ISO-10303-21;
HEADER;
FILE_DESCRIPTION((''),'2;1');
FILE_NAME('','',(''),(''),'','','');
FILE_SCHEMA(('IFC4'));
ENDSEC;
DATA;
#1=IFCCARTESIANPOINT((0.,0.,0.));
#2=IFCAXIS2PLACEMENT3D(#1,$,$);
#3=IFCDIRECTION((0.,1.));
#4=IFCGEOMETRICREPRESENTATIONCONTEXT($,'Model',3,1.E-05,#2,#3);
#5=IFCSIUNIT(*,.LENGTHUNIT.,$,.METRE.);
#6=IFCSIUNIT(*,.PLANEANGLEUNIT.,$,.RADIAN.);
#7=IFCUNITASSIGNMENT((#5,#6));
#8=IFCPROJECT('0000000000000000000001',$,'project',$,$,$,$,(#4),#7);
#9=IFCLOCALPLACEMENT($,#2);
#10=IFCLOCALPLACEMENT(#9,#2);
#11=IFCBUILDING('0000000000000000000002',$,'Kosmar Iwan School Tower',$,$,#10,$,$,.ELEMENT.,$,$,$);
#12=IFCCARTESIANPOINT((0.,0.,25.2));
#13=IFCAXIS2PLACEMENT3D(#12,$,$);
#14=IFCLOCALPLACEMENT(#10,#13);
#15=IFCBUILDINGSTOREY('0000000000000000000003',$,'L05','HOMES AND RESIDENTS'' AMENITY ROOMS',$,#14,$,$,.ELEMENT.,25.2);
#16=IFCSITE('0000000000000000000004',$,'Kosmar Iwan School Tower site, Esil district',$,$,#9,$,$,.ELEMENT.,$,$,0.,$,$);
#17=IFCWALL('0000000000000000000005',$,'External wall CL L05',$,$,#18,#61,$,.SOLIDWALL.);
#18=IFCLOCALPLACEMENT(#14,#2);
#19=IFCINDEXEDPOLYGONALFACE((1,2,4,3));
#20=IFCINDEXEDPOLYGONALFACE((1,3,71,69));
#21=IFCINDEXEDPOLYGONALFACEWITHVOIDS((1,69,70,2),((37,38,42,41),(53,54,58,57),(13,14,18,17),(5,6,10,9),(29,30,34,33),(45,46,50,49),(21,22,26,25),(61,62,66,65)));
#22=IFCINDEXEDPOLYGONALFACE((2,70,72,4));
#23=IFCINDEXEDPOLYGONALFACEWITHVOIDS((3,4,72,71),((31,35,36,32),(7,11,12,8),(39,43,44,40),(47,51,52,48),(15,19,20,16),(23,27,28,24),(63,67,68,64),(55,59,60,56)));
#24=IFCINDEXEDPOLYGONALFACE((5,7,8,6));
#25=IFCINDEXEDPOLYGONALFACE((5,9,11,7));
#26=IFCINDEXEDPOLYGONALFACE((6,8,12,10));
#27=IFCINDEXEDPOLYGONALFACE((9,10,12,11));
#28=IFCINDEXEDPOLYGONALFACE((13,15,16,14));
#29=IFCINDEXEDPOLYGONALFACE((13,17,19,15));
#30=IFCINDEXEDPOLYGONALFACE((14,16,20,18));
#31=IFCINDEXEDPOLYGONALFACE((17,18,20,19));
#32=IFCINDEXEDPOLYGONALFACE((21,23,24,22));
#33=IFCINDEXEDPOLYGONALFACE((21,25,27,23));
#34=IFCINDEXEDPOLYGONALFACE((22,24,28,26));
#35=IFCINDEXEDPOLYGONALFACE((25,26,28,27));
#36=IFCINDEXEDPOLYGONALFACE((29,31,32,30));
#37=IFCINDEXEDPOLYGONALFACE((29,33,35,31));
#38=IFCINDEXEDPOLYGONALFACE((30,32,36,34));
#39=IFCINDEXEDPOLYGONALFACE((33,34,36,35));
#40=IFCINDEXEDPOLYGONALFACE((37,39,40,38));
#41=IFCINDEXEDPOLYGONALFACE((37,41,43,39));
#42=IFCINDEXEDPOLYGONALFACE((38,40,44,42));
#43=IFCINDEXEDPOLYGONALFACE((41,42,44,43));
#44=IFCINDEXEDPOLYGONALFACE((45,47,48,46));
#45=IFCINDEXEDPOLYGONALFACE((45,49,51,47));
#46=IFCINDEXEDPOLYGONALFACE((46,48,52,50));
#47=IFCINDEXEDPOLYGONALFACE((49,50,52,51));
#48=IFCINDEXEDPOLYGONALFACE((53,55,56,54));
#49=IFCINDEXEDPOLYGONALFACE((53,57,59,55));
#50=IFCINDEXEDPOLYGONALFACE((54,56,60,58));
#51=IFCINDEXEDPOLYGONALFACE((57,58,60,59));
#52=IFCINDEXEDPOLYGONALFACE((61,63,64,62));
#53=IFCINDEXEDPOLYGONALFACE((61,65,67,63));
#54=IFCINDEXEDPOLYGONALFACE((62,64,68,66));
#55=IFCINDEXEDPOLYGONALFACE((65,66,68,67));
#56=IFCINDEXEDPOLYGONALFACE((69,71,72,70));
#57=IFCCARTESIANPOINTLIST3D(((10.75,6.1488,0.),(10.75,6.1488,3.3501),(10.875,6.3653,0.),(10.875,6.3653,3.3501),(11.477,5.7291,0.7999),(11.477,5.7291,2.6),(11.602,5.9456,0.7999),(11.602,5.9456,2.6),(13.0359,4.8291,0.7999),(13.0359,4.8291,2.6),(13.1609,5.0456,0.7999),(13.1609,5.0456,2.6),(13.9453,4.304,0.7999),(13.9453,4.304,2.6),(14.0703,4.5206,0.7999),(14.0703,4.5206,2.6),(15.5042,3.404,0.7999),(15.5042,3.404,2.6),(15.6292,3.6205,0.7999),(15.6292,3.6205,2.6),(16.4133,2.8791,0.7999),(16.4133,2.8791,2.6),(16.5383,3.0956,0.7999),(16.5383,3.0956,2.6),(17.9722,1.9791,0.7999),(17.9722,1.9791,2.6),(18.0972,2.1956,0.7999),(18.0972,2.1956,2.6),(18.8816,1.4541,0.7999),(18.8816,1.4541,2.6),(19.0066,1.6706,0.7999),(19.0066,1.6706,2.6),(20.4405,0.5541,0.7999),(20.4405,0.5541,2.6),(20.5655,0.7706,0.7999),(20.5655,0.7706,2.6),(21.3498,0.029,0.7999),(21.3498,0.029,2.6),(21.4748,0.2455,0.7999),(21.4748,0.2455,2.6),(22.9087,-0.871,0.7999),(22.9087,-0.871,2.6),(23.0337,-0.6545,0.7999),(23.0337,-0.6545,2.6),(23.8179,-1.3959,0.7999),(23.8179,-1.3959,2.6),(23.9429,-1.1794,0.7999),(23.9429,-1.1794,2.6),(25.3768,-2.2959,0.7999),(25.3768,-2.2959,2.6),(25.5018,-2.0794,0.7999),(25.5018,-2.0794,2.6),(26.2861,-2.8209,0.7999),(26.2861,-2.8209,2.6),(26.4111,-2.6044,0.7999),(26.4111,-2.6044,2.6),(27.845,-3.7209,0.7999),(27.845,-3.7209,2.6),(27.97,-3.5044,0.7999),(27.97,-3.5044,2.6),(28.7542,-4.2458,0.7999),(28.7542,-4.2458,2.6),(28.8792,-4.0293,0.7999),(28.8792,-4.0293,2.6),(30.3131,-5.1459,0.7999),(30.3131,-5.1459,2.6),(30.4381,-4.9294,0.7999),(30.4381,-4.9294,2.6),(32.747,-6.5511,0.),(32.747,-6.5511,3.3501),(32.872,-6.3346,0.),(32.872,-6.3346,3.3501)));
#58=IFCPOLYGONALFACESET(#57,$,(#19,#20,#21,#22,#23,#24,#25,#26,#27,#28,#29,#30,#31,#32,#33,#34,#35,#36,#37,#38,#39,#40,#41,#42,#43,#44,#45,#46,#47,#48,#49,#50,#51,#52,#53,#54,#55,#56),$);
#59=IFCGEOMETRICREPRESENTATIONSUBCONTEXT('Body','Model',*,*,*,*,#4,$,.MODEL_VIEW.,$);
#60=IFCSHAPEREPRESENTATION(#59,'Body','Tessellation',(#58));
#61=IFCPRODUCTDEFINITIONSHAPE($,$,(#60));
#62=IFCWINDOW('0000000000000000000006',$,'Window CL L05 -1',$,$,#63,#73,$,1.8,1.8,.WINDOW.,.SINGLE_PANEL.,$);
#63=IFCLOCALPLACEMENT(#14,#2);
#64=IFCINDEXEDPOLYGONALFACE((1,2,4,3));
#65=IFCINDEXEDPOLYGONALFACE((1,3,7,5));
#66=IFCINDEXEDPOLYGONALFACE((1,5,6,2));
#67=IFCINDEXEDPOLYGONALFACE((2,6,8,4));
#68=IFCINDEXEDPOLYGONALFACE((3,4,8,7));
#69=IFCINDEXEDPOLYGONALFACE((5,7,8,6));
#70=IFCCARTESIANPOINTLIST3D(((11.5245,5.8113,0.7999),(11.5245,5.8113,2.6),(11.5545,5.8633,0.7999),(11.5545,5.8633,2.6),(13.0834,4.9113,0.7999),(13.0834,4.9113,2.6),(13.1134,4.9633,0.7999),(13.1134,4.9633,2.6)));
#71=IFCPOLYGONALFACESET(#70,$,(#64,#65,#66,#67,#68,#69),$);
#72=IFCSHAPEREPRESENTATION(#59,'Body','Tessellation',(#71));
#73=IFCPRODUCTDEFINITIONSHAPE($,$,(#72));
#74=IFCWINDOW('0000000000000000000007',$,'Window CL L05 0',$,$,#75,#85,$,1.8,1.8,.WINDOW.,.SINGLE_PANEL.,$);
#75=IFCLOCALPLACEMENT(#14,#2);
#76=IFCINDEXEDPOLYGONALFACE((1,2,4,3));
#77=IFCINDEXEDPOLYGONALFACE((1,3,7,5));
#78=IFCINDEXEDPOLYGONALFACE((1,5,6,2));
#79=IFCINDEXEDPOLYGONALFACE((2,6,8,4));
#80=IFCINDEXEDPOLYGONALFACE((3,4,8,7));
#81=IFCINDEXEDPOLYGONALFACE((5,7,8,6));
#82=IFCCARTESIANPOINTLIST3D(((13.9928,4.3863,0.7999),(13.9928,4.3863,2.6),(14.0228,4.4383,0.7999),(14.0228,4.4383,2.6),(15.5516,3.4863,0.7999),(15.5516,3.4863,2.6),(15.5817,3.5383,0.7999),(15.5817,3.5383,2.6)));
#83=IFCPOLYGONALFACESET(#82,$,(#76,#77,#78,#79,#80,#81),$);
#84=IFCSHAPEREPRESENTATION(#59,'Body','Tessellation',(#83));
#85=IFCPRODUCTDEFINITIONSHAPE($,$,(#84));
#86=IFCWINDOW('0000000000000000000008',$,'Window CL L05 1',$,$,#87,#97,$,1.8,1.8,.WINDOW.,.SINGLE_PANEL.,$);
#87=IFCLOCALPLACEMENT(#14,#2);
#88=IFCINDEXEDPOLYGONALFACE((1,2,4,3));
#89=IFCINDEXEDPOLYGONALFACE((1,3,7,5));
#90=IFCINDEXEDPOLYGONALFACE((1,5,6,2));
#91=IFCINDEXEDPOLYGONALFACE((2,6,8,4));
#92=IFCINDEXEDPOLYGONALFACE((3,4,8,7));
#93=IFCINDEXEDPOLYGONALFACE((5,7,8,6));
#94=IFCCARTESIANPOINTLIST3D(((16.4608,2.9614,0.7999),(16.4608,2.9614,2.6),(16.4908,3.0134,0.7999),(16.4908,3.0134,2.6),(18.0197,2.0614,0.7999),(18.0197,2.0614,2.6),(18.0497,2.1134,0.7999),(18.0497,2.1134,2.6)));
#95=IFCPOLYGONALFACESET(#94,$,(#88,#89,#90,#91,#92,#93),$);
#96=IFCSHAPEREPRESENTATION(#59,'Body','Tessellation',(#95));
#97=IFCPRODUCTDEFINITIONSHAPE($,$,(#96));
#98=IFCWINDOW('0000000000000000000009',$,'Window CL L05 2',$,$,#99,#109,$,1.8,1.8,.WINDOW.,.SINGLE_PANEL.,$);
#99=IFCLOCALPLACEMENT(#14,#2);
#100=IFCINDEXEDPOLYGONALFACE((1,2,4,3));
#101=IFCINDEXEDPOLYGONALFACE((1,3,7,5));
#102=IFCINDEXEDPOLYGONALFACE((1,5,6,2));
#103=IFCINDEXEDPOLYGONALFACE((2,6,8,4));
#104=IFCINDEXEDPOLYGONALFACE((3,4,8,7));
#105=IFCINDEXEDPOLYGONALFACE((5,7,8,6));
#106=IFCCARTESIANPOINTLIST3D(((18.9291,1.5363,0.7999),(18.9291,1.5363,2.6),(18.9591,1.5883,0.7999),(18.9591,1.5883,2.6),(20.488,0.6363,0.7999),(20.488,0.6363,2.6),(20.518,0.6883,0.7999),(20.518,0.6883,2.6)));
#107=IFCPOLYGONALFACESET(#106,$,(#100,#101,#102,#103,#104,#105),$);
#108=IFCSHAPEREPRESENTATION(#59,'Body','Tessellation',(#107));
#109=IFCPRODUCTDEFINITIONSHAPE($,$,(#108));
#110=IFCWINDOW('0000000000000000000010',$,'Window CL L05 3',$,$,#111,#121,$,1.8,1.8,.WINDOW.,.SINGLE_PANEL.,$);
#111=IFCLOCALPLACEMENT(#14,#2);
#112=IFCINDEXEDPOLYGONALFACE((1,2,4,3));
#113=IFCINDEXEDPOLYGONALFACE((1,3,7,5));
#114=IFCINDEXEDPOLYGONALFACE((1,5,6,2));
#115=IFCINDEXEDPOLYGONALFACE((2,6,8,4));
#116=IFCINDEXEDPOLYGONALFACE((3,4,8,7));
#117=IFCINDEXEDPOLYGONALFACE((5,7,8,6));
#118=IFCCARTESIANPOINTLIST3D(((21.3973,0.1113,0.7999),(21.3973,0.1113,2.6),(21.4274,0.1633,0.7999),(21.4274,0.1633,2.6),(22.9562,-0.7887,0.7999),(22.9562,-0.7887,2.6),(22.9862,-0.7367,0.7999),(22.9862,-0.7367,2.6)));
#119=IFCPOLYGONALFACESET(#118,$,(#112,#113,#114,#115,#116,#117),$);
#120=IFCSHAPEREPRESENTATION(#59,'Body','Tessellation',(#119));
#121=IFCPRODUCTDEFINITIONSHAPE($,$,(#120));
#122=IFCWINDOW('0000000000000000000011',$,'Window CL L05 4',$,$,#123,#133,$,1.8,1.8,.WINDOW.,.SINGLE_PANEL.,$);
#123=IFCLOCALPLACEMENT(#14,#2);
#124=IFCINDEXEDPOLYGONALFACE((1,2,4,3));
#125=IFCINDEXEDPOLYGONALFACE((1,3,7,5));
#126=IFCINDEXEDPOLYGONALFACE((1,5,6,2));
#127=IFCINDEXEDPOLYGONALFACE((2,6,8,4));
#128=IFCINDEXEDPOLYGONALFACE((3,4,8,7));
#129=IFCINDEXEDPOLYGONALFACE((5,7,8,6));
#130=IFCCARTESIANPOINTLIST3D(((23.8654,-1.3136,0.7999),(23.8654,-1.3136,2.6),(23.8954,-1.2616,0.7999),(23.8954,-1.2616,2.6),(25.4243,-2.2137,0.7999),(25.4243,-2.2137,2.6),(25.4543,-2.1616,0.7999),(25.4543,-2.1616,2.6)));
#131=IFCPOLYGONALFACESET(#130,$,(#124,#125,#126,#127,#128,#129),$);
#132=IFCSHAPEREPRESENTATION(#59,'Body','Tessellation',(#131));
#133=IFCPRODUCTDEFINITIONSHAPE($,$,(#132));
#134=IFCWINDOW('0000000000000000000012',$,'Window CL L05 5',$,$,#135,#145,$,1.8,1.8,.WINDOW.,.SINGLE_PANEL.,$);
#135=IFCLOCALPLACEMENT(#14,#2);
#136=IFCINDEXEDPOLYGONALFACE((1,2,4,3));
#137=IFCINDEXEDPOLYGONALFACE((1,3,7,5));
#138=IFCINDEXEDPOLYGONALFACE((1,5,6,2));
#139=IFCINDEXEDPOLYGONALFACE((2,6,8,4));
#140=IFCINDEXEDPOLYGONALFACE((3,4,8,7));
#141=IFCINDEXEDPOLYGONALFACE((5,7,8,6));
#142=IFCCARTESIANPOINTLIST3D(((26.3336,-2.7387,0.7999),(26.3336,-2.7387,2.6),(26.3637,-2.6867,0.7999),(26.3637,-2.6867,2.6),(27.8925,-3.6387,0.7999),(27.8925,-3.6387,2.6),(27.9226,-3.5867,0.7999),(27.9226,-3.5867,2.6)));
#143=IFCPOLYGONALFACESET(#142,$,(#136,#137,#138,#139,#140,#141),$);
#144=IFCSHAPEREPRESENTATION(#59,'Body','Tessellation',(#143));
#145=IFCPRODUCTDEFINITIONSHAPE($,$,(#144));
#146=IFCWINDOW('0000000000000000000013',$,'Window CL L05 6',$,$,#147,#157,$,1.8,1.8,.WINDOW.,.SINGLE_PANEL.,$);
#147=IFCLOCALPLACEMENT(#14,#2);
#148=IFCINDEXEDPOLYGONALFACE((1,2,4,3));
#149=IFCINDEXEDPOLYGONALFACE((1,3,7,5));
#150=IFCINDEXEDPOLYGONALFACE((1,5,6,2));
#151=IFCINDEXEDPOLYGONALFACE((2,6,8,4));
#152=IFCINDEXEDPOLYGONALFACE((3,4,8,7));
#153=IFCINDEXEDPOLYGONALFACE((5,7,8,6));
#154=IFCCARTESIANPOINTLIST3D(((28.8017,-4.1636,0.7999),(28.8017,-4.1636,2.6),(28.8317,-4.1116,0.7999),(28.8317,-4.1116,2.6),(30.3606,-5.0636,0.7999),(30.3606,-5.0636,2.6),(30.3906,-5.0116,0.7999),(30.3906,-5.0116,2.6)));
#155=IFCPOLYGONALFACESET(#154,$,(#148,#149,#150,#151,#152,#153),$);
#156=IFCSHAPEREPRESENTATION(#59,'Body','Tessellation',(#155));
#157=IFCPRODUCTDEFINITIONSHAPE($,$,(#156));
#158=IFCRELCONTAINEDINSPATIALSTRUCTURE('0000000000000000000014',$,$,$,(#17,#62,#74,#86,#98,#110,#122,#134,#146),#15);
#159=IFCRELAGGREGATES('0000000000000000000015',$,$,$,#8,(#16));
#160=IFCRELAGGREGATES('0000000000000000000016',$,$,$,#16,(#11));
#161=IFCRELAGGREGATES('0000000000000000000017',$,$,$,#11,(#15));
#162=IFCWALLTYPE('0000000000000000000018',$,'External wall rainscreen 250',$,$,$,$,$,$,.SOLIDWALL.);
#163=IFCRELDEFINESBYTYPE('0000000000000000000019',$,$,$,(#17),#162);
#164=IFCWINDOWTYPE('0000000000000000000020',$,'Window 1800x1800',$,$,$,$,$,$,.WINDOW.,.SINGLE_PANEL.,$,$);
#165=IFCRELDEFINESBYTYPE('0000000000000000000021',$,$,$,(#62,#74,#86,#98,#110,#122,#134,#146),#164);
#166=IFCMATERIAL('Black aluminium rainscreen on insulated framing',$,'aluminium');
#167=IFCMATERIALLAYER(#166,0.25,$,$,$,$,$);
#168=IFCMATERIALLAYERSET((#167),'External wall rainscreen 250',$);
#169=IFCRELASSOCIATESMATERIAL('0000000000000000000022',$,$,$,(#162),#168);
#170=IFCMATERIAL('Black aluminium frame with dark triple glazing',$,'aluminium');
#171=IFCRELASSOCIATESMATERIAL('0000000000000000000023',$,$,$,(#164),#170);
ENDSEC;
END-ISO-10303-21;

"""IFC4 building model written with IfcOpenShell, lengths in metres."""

from ifc_helpers import new_model, si_unit, direction, frame, frame_2d, origin, place, context, subcontext, project, spatial, rectangle, extrude, material, layer, layer_set, type_object, element, fill, save


model = new_model("IFC4")

# Units and contexts
model_context = context("Model", 3, precision=1e-05, world=origin(), true_north=direction((0.0, 1.0)))
body_context = subcontext(model_context, "Body", "Model", "MODEL_VIEW")
ifc_project = project(units=[si_unit("LENGTHUNIT", "METRE"), si_unit("PLANEANGLEUNIT", "RADIAN")], contexts=[model_context])

# Site, building, storey
site_placement = place(None, origin())
site = spatial("IfcSite", under=ifc_project, at=site_placement, Name="Kosmar Iwan School Tower site, Esil district", CompositionType="ELEMENT", RefElevation=0.0)
building_placement = place(site_placement, origin())
building = spatial("IfcBuilding", under=site, at=building_placement, Name="Kosmar Iwan School Tower", CompositionType="ELEMENT")
storey_placement = place(building_placement, frame((0.0, 0.0, 25.2)))
storey = spatial("IfcBuildingStorey", under=building, at=storey_placement, Name="L05", Description="HOMES AND RESIDENTS' AMENITY ROOMS", CompositionType="ELEMENT", Elevation=25.2)

# Wall, openings, windows
ifc_material_1 = material(Name="Black aluminium rainscreen on insulated framing", Category="aluminium")
ifc_layer = layer(ifc_material_1, 0.25)
ifc_layer_set = layer_set([ifc_layer], Name="External wall rainscreen 250")
wall_type = type_object("IfcWallType", Name="External wall rainscreen 250", PredefinedType="SOLIDWALL", material=ifc_layer_set)
wall_1_placement = place(storey_placement, frame((10.8125, 6.2571, 0.0), z_axis=(0.0, 0.0, 1.0), x_axis=(0.866026, -0.499998, 0.0)))
wall_1 = element("IfcWall", 1, at=wall_1_placement, inside=storey, type_object=wall_type, Name="External wall CL L05", PredefinedType="SOLIDWALL", context=body_context, shape_type="SweptSolid", body=[
    extrude(rectangle(XDim=25.3999, YDim=0.25, at=frame_2d((12.7, 0.0))), origin(), (0.0, 0.0, 1.0), 3.3501),
])
opening_1_placement = place(wall_1_placement, frame((0.8396, 0.0, 0.8)))
opening_1 = element("IfcOpeningElement", 2, at=opening_1_placement, cuts=wall_1, PredefinedType="OPENING", context=body_context, shape_type="SweptSolid", body=[
    extrude(rectangle(XDim=1.8, YDim=1.8, at=frame_2d((0.8999, 0.8999))), frame((0.0, 0.137, 0.0), z_axis=(0.0, -1.0, 0.0), x_axis=(1.0, 0.0, 0.0)), (0.0, 0.0, 1.0), 0.2739),
])
opening_2_placement = place(wall_1_placement, frame((3.6897, 0.0, 0.8)))
opening_2 = element("IfcOpeningElement", 3, at=opening_2_placement, cuts=wall_1, PredefinedType="OPENING", context=body_context, shape_type="SweptSolid", body=[
    extrude(rectangle(XDim=1.8, YDim=1.8, at=frame_2d((0.8999, 0.8999))), frame((0.0, 0.137, 0.0), z_axis=(0.0, -1.0, 0.0), x_axis=(1.0, 0.0, 0.0)), (0.0, 0.0, 1.0), 0.2739),
])
opening_3_placement = place(wall_1_placement, frame((6.5396, 0.0, 0.8)))
opening_3 = element("IfcOpeningElement", 4, at=opening_3_placement, cuts=wall_1, PredefinedType="OPENING", context=body_context, shape_type="SweptSolid", body=[
    extrude(rectangle(XDim=1.8, YDim=1.8, at=frame_2d((0.8999, 0.8999))), frame((0.0, 0.137, 0.0), z_axis=(0.0, -1.0, 0.0), x_axis=(1.0, 0.0, 0.0)), (0.0, 0.0, 1.0), 0.2739),
])
opening_4_placement = place(wall_1_placement, frame((9.3896, 0.0, 0.8)))
opening_4 = element("IfcOpeningElement", 5, at=opening_4_placement, cuts=wall_1, PredefinedType="OPENING", context=body_context, shape_type="SweptSolid", body=[
    extrude(rectangle(XDim=1.8, YDim=1.8, at=frame_2d((0.8999, 0.8999))), frame((0.0, 0.137, 0.0), z_axis=(0.0, -1.0, 0.0), x_axis=(1.0, 0.0, 0.0)), (0.0, 0.0, 1.0), 0.2739),
])
opening_5_placement = place(wall_1_placement, frame((12.2397, 0.0, 0.8)))
opening_5 = element("IfcOpeningElement", 6, at=opening_5_placement, cuts=wall_1, PredefinedType="OPENING", context=body_context, shape_type="SweptSolid", body=[
    extrude(rectangle(XDim=1.8, YDim=1.8, at=frame_2d((0.8999, 0.8999))), frame((0.0, 0.137, 0.0), z_axis=(0.0, -1.0, 0.0), x_axis=(1.0, 0.0, 0.0)), (0.0, 0.0, 1.0), 0.2739),
])
opening_6_placement = place(wall_1_placement, frame((15.0896, 0.0, 0.8)))
opening_6 = element("IfcOpeningElement", 7, at=opening_6_placement, cuts=wall_1, PredefinedType="OPENING", context=body_context, shape_type="SweptSolid", body=[
    extrude(rectangle(XDim=1.8, YDim=1.8, at=frame_2d((0.8999, 0.8999))), frame((0.0, 0.137, 0.0), z_axis=(0.0, -1.0, 0.0), x_axis=(1.0, 0.0, 0.0)), (0.0, 0.0, 1.0), 0.2739),
])
opening_7_placement = place(wall_1_placement, frame((17.9397, 0.0, 0.8)))
opening_7 = element("IfcOpeningElement", 8, at=opening_7_placement, cuts=wall_1, PredefinedType="OPENING", context=body_context, shape_type="SweptSolid", body=[
    extrude(rectangle(XDim=1.8, YDim=1.8, at=frame_2d((0.8999, 0.8999))), frame((0.0, 0.137, 0.0), z_axis=(0.0, -1.0, 0.0), x_axis=(1.0, 0.0, 0.0)), (0.0, 0.0, 1.0), 0.2739),
])
opening_8_placement = place(wall_1_placement, frame((20.7896, 0.0, 0.8)))
opening_8 = element("IfcOpeningElement", 9, at=opening_8_placement, cuts=wall_1, PredefinedType="OPENING", context=body_context, shape_type="SweptSolid", body=[
    extrude(rectangle(XDim=1.8, YDim=1.8, at=frame_2d((0.8999, 0.8999))), frame((0.0, 0.137, 0.0), z_axis=(0.0, -1.0, 0.0), x_axis=(1.0, 0.0, 0.0)), (0.0, 0.0, 1.0), 0.2739),
])
ifc_material_2 = material(Name="Black aluminium frame with dark triple glazing", Category="aluminium")
window_type = type_object("IfcWindowType", Name="Window 1800x1800", PartitioningType="SINGLE_PANEL", PredefinedType="WINDOW", material=ifc_material_2)
window_1_placement = place(opening_1_placement, origin())
window_1 = element("IfcWindow", 10, at=window_1_placement, inside=storey, type_object=window_type, Name="Window CL L05 -1", OverallHeight=1.8, OverallWidth=1.8, PartitioningType="SINGLE_PANEL", PredefinedType="WINDOW", context=body_context, shape_type="SweptSolid", body=[
    extrude(rectangle(XDim=1.8, YDim=1.8, at=frame_2d((0.8999, 0.8999))), frame((0.0, 0.03, 0.0), z_axis=(0.0, -1.0, 0.0), x_axis=(1.0, 0.0, 0.0)), (0.0, 0.0, 1.0), 0.0601),
])
fill(opening_1, window_1)
window_2_placement = place(opening_2_placement, origin())
window_2 = element("IfcWindow", 11, at=window_2_placement, inside=storey, type_object=window_type, Name="Window CL L05 0", OverallHeight=1.8, OverallWidth=1.8, PartitioningType="SINGLE_PANEL", PredefinedType="WINDOW", context=body_context, shape_type="SweptSolid", body=[
    extrude(rectangle(XDim=1.8, YDim=1.8, at=frame_2d((0.8999, 0.8999))), frame((0.0, 0.03, 0.0), z_axis=(0.0, -1.0, 0.0), x_axis=(1.0, 0.0, 0.0)), (0.0, 0.0, 1.0), 0.0601),
])
fill(opening_2, window_2)
window_3_placement = place(opening_3_placement, origin())
window_3 = element("IfcWindow", 12, at=window_3_placement, inside=storey, type_object=window_type, Name="Window CL L05 1", OverallHeight=1.8, OverallWidth=1.8, PartitioningType="SINGLE_PANEL", PredefinedType="WINDOW", context=body_context, shape_type="SweptSolid", body=[
    extrude(rectangle(XDim=1.8, YDim=1.8, at=frame_2d((0.8999, 0.8999))), frame((0.0, 0.03, 0.0), z_axis=(0.0, -1.0, 0.0), x_axis=(1.0, 0.0, 0.0)), (0.0, 0.0, 1.0), 0.0601),
])
fill(opening_3, window_3)
window_4_placement = place(opening_4_placement, origin())
window_4 = element("IfcWindow", 13, at=window_4_placement, inside=storey, type_object=window_type, Name="Window CL L05 2", OverallHeight=1.8, OverallWidth=1.8, PartitioningType="SINGLE_PANEL", PredefinedType="WINDOW", context=body_context, shape_type="SweptSolid", body=[
    extrude(rectangle(XDim=1.8, YDim=1.8, at=frame_2d((0.8999, 0.8999))), frame((0.0, 0.03, 0.0), z_axis=(0.0, -1.0, 0.0), x_axis=(1.0, 0.0, 0.0)), (0.0, 0.0, 1.0), 0.0601),
])
fill(opening_4, window_4)
window_5_placement = place(opening_5_placement, origin())
window_5 = element("IfcWindow", 14, at=window_5_placement, inside=storey, type_object=window_type, Name="Window CL L05 3", OverallHeight=1.8, OverallWidth=1.8, PartitioningType="SINGLE_PANEL", PredefinedType="WINDOW", context=body_context, shape_type="SweptSolid", body=[
    extrude(rectangle(XDim=1.8, YDim=1.8, at=frame_2d((0.8999, 0.8999))), frame((0.0, 0.03, 0.0), z_axis=(0.0, -1.0, 0.0), x_axis=(1.0, 0.0, 0.0)), (0.0, 0.0, 1.0), 0.0601),
])
fill(opening_5, window_5)
window_6_placement = place(opening_6_placement, origin())
window_6 = element("IfcWindow", 15, at=window_6_placement, inside=storey, type_object=window_type, Name="Window CL L05 4", OverallHeight=1.8, OverallWidth=1.8, PartitioningType="SINGLE_PANEL", PredefinedType="WINDOW", context=body_context, shape_type="SweptSolid", body=[
    extrude(rectangle(XDim=1.8, YDim=1.8, at=frame_2d((0.8999, 0.8999))), frame((0.0, 0.03, 0.0), z_axis=(0.0, -1.0, 0.0), x_axis=(1.0, 0.0, 0.0)), (0.0, 0.0, 1.0), 0.0601),
])
fill(opening_6, window_6)
window_7_placement = place(opening_7_placement, origin())
window_7 = element("IfcWindow", 16, at=window_7_placement, inside=storey, type_object=window_type, Name="Window CL L05 5", OverallHeight=1.8, OverallWidth=1.8, PartitioningType="SINGLE_PANEL", PredefinedType="WINDOW", context=body_context, shape_type="SweptSolid", body=[
    extrude(rectangle(XDim=1.8, YDim=1.8, at=frame_2d((0.8999, 0.8999))), frame((0.0, 0.03, 0.0), z_axis=(0.0, -1.0, 0.0), x_axis=(1.0, 0.0, 0.0)), (0.0, 0.0, 1.0), 0.0601),
])
fill(opening_7, window_7)
window_8_placement = place(opening_8_placement, origin())
window_8 = element("IfcWindow", 17, at=window_8_placement, inside=storey, type_object=window_type, Name="Window CL L05 6", OverallHeight=1.8, OverallWidth=1.8, PartitioningType="SINGLE_PANEL", PredefinedType="WINDOW", context=body_context, shape_type="SweptSolid", body=[
    extrude(rectangle(XDim=1.8, YDim=1.8, at=frame_2d((0.8999, 0.8999))), frame((0.0, 0.03, 0.0), z_axis=(0.0, -1.0, 0.0), x_axis=(1.0, 0.0, 0.0)), (0.0, 0.0, 1.0), 0.0601),
])
fill(opening_8, window_8)

save(model, "model.ifc")
